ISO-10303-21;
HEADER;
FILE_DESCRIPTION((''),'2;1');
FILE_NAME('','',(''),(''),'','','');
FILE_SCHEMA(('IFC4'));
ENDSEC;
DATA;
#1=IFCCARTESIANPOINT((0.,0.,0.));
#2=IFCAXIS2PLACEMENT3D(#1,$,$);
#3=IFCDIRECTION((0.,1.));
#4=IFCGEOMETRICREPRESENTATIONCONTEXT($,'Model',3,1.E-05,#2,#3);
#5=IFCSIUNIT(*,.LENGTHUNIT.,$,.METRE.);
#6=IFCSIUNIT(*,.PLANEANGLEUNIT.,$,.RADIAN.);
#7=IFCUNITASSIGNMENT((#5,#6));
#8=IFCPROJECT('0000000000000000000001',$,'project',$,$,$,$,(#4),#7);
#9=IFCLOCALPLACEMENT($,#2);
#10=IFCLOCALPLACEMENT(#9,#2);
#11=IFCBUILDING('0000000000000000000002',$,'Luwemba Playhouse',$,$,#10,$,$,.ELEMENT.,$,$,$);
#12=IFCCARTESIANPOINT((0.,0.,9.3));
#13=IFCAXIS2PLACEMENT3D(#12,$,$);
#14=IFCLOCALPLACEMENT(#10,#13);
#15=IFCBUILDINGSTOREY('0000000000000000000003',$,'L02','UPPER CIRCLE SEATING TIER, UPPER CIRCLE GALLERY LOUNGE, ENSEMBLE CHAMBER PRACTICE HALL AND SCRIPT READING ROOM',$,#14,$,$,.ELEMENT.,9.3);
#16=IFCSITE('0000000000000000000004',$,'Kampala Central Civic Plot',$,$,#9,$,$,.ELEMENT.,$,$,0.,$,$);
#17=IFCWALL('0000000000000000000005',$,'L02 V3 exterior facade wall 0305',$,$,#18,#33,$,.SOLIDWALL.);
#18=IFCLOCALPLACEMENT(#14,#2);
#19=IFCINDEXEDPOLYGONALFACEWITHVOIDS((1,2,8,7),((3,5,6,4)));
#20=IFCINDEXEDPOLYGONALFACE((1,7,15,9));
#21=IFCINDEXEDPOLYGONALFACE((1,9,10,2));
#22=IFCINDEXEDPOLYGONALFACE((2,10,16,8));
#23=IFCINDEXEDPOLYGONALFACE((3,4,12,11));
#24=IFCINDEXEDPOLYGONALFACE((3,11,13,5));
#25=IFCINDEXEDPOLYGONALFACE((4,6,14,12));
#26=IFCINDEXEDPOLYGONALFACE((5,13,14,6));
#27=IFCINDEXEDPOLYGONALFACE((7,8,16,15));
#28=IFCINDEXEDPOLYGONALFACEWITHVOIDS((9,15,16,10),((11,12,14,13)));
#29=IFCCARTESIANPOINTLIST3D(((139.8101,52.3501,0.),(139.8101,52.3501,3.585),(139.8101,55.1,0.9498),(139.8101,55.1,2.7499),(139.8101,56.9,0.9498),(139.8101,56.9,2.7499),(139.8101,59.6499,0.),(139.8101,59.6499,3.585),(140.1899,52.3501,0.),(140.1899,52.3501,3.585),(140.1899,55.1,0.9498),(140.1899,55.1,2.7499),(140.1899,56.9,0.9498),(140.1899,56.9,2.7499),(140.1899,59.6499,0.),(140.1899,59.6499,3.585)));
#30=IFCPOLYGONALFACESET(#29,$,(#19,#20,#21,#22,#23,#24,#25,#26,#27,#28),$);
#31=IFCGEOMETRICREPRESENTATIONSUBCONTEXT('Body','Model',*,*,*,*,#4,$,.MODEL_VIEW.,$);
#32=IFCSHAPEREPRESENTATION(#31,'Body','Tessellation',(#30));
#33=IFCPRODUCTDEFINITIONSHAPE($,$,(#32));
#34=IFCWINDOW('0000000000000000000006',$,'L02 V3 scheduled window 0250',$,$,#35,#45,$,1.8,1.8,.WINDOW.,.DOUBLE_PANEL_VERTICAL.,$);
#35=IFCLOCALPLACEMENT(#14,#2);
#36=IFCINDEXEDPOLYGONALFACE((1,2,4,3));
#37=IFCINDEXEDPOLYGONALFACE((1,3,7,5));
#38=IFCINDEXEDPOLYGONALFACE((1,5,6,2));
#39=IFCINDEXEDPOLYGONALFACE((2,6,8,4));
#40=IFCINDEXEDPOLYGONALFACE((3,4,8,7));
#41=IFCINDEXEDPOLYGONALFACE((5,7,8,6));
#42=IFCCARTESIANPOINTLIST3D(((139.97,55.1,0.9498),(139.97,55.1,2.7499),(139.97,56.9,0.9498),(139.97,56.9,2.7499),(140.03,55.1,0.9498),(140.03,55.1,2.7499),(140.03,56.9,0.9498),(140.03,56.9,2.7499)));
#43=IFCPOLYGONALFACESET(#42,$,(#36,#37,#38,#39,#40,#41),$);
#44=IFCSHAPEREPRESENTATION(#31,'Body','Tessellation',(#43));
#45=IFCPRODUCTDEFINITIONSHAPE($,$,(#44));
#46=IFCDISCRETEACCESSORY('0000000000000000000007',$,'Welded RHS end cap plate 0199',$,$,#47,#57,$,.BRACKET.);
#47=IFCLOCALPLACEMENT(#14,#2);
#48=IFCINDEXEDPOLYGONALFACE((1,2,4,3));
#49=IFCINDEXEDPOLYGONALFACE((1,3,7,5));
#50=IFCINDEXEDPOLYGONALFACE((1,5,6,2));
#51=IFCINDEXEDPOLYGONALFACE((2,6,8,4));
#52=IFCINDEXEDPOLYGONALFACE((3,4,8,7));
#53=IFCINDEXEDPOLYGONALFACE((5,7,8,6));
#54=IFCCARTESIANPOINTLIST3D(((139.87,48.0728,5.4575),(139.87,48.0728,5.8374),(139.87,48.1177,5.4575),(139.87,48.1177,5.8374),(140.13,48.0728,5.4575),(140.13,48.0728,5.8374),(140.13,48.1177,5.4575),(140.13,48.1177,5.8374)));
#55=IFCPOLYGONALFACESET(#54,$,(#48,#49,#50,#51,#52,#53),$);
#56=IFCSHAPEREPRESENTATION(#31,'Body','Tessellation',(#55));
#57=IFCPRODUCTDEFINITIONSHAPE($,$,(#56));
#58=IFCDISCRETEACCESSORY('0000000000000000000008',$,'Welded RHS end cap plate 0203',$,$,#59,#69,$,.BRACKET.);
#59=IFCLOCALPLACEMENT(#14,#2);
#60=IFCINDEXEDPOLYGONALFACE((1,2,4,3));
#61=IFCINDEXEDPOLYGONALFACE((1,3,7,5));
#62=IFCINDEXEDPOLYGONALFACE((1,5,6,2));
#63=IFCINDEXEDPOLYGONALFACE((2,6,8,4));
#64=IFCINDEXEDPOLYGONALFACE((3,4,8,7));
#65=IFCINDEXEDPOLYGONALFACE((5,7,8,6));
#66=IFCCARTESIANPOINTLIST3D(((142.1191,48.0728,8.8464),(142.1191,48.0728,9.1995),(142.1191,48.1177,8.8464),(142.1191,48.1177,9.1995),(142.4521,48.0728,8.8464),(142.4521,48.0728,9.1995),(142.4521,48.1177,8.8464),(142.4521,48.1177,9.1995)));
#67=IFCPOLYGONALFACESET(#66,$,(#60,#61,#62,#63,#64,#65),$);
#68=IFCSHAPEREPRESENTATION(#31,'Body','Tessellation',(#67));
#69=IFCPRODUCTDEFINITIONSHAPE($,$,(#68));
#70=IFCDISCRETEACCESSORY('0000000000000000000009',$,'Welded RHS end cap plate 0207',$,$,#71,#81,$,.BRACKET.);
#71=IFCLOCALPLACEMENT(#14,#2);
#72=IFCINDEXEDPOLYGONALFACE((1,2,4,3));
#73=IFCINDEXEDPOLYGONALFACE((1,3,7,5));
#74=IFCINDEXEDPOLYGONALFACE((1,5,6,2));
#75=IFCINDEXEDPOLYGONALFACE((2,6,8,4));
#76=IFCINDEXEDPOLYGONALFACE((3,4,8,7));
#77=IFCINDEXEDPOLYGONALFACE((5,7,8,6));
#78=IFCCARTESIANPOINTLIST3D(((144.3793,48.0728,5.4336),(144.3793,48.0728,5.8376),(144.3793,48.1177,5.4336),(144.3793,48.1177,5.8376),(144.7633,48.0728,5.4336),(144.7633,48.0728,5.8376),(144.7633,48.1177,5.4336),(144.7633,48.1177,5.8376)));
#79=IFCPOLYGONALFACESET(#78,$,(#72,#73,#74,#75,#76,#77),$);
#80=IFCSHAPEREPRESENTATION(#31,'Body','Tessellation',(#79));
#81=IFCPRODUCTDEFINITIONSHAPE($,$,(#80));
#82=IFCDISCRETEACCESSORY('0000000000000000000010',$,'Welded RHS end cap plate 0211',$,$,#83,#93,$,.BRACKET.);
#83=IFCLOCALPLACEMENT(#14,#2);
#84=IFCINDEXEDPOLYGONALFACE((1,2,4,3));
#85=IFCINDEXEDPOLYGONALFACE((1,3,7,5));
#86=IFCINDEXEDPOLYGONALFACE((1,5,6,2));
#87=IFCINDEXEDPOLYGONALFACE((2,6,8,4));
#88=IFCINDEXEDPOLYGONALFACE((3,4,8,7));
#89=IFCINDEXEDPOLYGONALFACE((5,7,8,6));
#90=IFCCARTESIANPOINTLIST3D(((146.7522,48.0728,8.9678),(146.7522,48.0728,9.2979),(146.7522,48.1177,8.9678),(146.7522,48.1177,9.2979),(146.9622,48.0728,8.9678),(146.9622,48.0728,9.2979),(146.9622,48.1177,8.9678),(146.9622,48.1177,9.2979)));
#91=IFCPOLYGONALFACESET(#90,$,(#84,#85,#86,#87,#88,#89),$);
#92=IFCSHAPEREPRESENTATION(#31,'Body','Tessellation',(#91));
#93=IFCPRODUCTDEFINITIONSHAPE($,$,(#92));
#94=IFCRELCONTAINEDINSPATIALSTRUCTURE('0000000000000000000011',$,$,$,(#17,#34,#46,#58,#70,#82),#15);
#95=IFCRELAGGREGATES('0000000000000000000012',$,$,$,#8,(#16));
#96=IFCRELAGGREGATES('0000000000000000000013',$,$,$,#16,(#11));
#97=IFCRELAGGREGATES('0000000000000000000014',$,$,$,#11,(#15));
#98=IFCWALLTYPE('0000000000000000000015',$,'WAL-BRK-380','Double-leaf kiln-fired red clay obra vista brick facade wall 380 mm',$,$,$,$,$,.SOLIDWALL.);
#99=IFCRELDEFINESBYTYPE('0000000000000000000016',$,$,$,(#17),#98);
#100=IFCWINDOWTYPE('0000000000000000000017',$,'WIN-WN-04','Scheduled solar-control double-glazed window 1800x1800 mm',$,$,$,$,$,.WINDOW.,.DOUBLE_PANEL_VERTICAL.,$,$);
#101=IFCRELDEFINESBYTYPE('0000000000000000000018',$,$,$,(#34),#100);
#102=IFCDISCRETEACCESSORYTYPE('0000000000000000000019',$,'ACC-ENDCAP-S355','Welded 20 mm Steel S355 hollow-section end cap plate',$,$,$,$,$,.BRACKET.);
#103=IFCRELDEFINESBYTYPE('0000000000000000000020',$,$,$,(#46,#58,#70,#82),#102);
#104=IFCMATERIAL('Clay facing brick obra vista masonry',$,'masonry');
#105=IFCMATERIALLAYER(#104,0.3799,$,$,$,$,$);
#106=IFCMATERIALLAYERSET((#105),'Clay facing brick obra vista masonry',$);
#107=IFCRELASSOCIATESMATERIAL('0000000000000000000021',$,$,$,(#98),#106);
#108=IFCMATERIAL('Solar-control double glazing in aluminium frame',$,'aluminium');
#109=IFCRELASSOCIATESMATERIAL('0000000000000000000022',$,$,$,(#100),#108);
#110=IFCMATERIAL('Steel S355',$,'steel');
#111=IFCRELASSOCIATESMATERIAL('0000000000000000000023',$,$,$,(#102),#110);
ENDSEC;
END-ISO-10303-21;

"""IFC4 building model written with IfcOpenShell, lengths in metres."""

from ifc_helpers import new_model, si_unit, direction, frame, frame_2d, origin, origin_2d, place, context, subcontext, project, spatial, rectangle, extrude, material, layer, layer_set, type_object, element, fill, save


model = new_model("IFC4")

# Units and contexts
model_context = context("Model", 3, precision=1e-05, world=origin(), true_north=direction((0.0, 1.0)))
body_context = subcontext(model_context, "Body", "Model", "MODEL_VIEW")
ifc_project = project(units=[si_unit("LENGTHUNIT", "METRE"), si_unit("PLANEANGLEUNIT", "RADIAN")], contexts=[model_context])

# Site, building, storey
site_placement = place(None, origin())
site = spatial("IfcSite", under=ifc_project, at=site_placement, Name="Kampala Central Civic Plot", CompositionType="ELEMENT", RefElevation=0.0)
building_placement = place(site_placement, origin())
building = spatial("IfcBuilding", under=site, at=building_placement, Name="Luwemba Playhouse", CompositionType="ELEMENT")
storey_placement = place(building_placement, frame((0.0, 0.0, 9.3)))
storey = spatial("IfcBuildingStorey", under=building, at=storey_placement, Name="L02", Description="UPPER CIRCLE SEATING TIER, UPPER CIRCLE GALLERY LOUNGE, ENSEMBLE CHAMBER PRACTICE HALL AND SCRIPT READING ROOM", CompositionType="ELEMENT", Elevation=9.3)

# Shared definitions
ifc_material_1 = material(Name="Steel S355", Category="steel")

# Wall, opening, window
ifc_material_2 = material(Name="Clay facing brick obra vista masonry", Category="masonry")
ifc_layer_1 = layer(ifc_material_2, 0.3799)
ifc_layer_set_1 = layer_set([ifc_layer_1], Name="Clay facing brick obra vista masonry")
wall_type = type_object("IfcWallType", Name="WAL-BRK-380", Description="Double-leaf kiln-fired red clay obra vista brick facade wall 380 mm", PredefinedType="SOLIDWALL", material=ifc_layer_set_1)
wall_placement = place(storey_placement, frame((140.0, 52.3501, 0.0), z_axis=(0.0, 0.0, 1.0), x_axis=(0.0, 1.0, 0.0)))
wall = element("IfcWall", 1, at=wall_placement, inside=storey, type_object=wall_type, Name="L02 V3 exterior facade wall 0305", PredefinedType="SOLIDWALL", context=body_context, shape_type="SweptSolid", body=[
    extrude(rectangle(XDim=7.2998, YDim=0.3799, at=frame_2d((3.6499, 0.0))), origin(), (0.0, 0.0, 1.0), 3.585),
])
opening_placement = place(wall_placement, frame((2.75, 0.0, 0.95)))
opening = element("IfcOpeningElement", 2, at=opening_placement, cuts=wall, PredefinedType="OPENING", context=body_context, shape_type="SweptSolid", body=[
    extrude(rectangle(XDim=1.8, YDim=1.8, at=frame_2d((0.8999, 0.8999))), frame((0.0, 0.2, 0.0), z_axis=(0.0, -1.0, 0.0), x_axis=(1.0, 0.0, 0.0)), (0.0, 0.0, 1.0), 0.3999),
])
ifc_material_3 = material(Name="Solar-control double glazing in aluminium frame", Category="aluminium")
window_type = type_object("IfcWindowType", Name="WIN-WN-04", Description="Scheduled solar-control double-glazed window 1800x1800 mm", PartitioningType="DOUBLE_PANEL_VERTICAL", PredefinedType="WINDOW", material=ifc_material_3)
window_placement = place(opening_placement, origin())
window = element("IfcWindow", 3, at=window_placement, inside=storey, type_object=window_type, Name="L02 V3 scheduled window 0250", OverallHeight=1.8, OverallWidth=1.8, PartitioningType="DOUBLE_PANEL_VERTICAL", PredefinedType="WINDOW", context=body_context, shape_type="SweptSolid", body=[
    extrude(rectangle(XDim=1.8, YDim=1.8, at=frame_2d((0.8999, 0.8999))), frame((0.0, 0.03, 0.0), z_axis=(0.0, -1.0, 0.0), x_axis=(1.0, 0.0, 0.0)), (0.0, 0.0, 1.0), 0.0601),
])
fill(opening, window)

# Discrete accessories
discrete_accessory_type = type_object("IfcDiscreteAccessoryType", Name="ACC-ENDCAP-S355", Description="Welded 20 mm Steel S355 hollow-section end cap plate", PredefinedType="BRACKET", material=ifc_material_1)
discrete_accessory_1_placement = place(storey_placement, frame((140.0, 48.0952, 5.4575), z_axis=(0.0, 0.0, 1.0), x_axis=(1.0, 0.0, 0.0)))
element("IfcDiscreteAccessory", 4, at=discrete_accessory_1_placement, inside=storey, type_object=discrete_accessory_type, Name="Welded RHS end cap plate 0199", PredefinedType="BRACKET", context=body_context, shape_type="SweptSolid", body=[
    extrude(rectangle(XDim=0.26, YDim=0.0449, at=origin_2d()), origin(), (0.0, 0.0, 1.0), 0.3799),
])
discrete_accessory_2_placement = place(storey_placement, frame((142.2856, 48.0952, 8.8464), z_axis=(0.0, 0.0, 1.0), x_axis=(1.0, 0.0, 0.0)))
element("IfcDiscreteAccessory", 5, at=discrete_accessory_2_placement, inside=storey, type_object=discrete_accessory_type, Name="Welded RHS end cap plate 0203", PredefinedType="BRACKET", context=body_context, shape_type="SweptSolid", body=[
    extrude(rectangle(XDim=0.333, YDim=0.0449, at=origin_2d()), origin(), (0.0, 0.0, 1.0), 0.353),
])
discrete_accessory_3_placement = place(storey_placement, frame((144.5713, 48.0952, 5.4336), z_axis=(0.0, 0.0, 1.0), x_axis=(1.0, 0.0, 0.0)))
element("IfcDiscreteAccessory", 6, at=discrete_accessory_3_placement, inside=storey, type_object=discrete_accessory_type, Name="Welded RHS end cap plate 0207", PredefinedType="BRACKET", context=body_context, shape_type="SweptSolid", body=[
    extrude(rectangle(XDim=0.384, YDim=0.0449, at=origin_2d()), origin(), (0.0, 0.0, 1.0), 0.4041),
])
discrete_accessory_4_placement = place(storey_placement, frame((146.8572, 48.0952, 8.9678), z_axis=(0.0, 0.0, 1.0), x_axis=(1.0, 0.0, 0.0)))
element("IfcDiscreteAccessory", 7, at=discrete_accessory_4_placement, inside=storey, type_object=discrete_accessory_type, Name="Welded RHS end cap plate 0211", PredefinedType="BRACKET", context=body_context, shape_type="SweptSolid", body=[
    extrude(rectangle(XDim=0.21, YDim=0.0449, at=origin_2d()), origin(), (0.0, 0.0, 1.0), 0.3301),
])

save(model, "model.ifc")
